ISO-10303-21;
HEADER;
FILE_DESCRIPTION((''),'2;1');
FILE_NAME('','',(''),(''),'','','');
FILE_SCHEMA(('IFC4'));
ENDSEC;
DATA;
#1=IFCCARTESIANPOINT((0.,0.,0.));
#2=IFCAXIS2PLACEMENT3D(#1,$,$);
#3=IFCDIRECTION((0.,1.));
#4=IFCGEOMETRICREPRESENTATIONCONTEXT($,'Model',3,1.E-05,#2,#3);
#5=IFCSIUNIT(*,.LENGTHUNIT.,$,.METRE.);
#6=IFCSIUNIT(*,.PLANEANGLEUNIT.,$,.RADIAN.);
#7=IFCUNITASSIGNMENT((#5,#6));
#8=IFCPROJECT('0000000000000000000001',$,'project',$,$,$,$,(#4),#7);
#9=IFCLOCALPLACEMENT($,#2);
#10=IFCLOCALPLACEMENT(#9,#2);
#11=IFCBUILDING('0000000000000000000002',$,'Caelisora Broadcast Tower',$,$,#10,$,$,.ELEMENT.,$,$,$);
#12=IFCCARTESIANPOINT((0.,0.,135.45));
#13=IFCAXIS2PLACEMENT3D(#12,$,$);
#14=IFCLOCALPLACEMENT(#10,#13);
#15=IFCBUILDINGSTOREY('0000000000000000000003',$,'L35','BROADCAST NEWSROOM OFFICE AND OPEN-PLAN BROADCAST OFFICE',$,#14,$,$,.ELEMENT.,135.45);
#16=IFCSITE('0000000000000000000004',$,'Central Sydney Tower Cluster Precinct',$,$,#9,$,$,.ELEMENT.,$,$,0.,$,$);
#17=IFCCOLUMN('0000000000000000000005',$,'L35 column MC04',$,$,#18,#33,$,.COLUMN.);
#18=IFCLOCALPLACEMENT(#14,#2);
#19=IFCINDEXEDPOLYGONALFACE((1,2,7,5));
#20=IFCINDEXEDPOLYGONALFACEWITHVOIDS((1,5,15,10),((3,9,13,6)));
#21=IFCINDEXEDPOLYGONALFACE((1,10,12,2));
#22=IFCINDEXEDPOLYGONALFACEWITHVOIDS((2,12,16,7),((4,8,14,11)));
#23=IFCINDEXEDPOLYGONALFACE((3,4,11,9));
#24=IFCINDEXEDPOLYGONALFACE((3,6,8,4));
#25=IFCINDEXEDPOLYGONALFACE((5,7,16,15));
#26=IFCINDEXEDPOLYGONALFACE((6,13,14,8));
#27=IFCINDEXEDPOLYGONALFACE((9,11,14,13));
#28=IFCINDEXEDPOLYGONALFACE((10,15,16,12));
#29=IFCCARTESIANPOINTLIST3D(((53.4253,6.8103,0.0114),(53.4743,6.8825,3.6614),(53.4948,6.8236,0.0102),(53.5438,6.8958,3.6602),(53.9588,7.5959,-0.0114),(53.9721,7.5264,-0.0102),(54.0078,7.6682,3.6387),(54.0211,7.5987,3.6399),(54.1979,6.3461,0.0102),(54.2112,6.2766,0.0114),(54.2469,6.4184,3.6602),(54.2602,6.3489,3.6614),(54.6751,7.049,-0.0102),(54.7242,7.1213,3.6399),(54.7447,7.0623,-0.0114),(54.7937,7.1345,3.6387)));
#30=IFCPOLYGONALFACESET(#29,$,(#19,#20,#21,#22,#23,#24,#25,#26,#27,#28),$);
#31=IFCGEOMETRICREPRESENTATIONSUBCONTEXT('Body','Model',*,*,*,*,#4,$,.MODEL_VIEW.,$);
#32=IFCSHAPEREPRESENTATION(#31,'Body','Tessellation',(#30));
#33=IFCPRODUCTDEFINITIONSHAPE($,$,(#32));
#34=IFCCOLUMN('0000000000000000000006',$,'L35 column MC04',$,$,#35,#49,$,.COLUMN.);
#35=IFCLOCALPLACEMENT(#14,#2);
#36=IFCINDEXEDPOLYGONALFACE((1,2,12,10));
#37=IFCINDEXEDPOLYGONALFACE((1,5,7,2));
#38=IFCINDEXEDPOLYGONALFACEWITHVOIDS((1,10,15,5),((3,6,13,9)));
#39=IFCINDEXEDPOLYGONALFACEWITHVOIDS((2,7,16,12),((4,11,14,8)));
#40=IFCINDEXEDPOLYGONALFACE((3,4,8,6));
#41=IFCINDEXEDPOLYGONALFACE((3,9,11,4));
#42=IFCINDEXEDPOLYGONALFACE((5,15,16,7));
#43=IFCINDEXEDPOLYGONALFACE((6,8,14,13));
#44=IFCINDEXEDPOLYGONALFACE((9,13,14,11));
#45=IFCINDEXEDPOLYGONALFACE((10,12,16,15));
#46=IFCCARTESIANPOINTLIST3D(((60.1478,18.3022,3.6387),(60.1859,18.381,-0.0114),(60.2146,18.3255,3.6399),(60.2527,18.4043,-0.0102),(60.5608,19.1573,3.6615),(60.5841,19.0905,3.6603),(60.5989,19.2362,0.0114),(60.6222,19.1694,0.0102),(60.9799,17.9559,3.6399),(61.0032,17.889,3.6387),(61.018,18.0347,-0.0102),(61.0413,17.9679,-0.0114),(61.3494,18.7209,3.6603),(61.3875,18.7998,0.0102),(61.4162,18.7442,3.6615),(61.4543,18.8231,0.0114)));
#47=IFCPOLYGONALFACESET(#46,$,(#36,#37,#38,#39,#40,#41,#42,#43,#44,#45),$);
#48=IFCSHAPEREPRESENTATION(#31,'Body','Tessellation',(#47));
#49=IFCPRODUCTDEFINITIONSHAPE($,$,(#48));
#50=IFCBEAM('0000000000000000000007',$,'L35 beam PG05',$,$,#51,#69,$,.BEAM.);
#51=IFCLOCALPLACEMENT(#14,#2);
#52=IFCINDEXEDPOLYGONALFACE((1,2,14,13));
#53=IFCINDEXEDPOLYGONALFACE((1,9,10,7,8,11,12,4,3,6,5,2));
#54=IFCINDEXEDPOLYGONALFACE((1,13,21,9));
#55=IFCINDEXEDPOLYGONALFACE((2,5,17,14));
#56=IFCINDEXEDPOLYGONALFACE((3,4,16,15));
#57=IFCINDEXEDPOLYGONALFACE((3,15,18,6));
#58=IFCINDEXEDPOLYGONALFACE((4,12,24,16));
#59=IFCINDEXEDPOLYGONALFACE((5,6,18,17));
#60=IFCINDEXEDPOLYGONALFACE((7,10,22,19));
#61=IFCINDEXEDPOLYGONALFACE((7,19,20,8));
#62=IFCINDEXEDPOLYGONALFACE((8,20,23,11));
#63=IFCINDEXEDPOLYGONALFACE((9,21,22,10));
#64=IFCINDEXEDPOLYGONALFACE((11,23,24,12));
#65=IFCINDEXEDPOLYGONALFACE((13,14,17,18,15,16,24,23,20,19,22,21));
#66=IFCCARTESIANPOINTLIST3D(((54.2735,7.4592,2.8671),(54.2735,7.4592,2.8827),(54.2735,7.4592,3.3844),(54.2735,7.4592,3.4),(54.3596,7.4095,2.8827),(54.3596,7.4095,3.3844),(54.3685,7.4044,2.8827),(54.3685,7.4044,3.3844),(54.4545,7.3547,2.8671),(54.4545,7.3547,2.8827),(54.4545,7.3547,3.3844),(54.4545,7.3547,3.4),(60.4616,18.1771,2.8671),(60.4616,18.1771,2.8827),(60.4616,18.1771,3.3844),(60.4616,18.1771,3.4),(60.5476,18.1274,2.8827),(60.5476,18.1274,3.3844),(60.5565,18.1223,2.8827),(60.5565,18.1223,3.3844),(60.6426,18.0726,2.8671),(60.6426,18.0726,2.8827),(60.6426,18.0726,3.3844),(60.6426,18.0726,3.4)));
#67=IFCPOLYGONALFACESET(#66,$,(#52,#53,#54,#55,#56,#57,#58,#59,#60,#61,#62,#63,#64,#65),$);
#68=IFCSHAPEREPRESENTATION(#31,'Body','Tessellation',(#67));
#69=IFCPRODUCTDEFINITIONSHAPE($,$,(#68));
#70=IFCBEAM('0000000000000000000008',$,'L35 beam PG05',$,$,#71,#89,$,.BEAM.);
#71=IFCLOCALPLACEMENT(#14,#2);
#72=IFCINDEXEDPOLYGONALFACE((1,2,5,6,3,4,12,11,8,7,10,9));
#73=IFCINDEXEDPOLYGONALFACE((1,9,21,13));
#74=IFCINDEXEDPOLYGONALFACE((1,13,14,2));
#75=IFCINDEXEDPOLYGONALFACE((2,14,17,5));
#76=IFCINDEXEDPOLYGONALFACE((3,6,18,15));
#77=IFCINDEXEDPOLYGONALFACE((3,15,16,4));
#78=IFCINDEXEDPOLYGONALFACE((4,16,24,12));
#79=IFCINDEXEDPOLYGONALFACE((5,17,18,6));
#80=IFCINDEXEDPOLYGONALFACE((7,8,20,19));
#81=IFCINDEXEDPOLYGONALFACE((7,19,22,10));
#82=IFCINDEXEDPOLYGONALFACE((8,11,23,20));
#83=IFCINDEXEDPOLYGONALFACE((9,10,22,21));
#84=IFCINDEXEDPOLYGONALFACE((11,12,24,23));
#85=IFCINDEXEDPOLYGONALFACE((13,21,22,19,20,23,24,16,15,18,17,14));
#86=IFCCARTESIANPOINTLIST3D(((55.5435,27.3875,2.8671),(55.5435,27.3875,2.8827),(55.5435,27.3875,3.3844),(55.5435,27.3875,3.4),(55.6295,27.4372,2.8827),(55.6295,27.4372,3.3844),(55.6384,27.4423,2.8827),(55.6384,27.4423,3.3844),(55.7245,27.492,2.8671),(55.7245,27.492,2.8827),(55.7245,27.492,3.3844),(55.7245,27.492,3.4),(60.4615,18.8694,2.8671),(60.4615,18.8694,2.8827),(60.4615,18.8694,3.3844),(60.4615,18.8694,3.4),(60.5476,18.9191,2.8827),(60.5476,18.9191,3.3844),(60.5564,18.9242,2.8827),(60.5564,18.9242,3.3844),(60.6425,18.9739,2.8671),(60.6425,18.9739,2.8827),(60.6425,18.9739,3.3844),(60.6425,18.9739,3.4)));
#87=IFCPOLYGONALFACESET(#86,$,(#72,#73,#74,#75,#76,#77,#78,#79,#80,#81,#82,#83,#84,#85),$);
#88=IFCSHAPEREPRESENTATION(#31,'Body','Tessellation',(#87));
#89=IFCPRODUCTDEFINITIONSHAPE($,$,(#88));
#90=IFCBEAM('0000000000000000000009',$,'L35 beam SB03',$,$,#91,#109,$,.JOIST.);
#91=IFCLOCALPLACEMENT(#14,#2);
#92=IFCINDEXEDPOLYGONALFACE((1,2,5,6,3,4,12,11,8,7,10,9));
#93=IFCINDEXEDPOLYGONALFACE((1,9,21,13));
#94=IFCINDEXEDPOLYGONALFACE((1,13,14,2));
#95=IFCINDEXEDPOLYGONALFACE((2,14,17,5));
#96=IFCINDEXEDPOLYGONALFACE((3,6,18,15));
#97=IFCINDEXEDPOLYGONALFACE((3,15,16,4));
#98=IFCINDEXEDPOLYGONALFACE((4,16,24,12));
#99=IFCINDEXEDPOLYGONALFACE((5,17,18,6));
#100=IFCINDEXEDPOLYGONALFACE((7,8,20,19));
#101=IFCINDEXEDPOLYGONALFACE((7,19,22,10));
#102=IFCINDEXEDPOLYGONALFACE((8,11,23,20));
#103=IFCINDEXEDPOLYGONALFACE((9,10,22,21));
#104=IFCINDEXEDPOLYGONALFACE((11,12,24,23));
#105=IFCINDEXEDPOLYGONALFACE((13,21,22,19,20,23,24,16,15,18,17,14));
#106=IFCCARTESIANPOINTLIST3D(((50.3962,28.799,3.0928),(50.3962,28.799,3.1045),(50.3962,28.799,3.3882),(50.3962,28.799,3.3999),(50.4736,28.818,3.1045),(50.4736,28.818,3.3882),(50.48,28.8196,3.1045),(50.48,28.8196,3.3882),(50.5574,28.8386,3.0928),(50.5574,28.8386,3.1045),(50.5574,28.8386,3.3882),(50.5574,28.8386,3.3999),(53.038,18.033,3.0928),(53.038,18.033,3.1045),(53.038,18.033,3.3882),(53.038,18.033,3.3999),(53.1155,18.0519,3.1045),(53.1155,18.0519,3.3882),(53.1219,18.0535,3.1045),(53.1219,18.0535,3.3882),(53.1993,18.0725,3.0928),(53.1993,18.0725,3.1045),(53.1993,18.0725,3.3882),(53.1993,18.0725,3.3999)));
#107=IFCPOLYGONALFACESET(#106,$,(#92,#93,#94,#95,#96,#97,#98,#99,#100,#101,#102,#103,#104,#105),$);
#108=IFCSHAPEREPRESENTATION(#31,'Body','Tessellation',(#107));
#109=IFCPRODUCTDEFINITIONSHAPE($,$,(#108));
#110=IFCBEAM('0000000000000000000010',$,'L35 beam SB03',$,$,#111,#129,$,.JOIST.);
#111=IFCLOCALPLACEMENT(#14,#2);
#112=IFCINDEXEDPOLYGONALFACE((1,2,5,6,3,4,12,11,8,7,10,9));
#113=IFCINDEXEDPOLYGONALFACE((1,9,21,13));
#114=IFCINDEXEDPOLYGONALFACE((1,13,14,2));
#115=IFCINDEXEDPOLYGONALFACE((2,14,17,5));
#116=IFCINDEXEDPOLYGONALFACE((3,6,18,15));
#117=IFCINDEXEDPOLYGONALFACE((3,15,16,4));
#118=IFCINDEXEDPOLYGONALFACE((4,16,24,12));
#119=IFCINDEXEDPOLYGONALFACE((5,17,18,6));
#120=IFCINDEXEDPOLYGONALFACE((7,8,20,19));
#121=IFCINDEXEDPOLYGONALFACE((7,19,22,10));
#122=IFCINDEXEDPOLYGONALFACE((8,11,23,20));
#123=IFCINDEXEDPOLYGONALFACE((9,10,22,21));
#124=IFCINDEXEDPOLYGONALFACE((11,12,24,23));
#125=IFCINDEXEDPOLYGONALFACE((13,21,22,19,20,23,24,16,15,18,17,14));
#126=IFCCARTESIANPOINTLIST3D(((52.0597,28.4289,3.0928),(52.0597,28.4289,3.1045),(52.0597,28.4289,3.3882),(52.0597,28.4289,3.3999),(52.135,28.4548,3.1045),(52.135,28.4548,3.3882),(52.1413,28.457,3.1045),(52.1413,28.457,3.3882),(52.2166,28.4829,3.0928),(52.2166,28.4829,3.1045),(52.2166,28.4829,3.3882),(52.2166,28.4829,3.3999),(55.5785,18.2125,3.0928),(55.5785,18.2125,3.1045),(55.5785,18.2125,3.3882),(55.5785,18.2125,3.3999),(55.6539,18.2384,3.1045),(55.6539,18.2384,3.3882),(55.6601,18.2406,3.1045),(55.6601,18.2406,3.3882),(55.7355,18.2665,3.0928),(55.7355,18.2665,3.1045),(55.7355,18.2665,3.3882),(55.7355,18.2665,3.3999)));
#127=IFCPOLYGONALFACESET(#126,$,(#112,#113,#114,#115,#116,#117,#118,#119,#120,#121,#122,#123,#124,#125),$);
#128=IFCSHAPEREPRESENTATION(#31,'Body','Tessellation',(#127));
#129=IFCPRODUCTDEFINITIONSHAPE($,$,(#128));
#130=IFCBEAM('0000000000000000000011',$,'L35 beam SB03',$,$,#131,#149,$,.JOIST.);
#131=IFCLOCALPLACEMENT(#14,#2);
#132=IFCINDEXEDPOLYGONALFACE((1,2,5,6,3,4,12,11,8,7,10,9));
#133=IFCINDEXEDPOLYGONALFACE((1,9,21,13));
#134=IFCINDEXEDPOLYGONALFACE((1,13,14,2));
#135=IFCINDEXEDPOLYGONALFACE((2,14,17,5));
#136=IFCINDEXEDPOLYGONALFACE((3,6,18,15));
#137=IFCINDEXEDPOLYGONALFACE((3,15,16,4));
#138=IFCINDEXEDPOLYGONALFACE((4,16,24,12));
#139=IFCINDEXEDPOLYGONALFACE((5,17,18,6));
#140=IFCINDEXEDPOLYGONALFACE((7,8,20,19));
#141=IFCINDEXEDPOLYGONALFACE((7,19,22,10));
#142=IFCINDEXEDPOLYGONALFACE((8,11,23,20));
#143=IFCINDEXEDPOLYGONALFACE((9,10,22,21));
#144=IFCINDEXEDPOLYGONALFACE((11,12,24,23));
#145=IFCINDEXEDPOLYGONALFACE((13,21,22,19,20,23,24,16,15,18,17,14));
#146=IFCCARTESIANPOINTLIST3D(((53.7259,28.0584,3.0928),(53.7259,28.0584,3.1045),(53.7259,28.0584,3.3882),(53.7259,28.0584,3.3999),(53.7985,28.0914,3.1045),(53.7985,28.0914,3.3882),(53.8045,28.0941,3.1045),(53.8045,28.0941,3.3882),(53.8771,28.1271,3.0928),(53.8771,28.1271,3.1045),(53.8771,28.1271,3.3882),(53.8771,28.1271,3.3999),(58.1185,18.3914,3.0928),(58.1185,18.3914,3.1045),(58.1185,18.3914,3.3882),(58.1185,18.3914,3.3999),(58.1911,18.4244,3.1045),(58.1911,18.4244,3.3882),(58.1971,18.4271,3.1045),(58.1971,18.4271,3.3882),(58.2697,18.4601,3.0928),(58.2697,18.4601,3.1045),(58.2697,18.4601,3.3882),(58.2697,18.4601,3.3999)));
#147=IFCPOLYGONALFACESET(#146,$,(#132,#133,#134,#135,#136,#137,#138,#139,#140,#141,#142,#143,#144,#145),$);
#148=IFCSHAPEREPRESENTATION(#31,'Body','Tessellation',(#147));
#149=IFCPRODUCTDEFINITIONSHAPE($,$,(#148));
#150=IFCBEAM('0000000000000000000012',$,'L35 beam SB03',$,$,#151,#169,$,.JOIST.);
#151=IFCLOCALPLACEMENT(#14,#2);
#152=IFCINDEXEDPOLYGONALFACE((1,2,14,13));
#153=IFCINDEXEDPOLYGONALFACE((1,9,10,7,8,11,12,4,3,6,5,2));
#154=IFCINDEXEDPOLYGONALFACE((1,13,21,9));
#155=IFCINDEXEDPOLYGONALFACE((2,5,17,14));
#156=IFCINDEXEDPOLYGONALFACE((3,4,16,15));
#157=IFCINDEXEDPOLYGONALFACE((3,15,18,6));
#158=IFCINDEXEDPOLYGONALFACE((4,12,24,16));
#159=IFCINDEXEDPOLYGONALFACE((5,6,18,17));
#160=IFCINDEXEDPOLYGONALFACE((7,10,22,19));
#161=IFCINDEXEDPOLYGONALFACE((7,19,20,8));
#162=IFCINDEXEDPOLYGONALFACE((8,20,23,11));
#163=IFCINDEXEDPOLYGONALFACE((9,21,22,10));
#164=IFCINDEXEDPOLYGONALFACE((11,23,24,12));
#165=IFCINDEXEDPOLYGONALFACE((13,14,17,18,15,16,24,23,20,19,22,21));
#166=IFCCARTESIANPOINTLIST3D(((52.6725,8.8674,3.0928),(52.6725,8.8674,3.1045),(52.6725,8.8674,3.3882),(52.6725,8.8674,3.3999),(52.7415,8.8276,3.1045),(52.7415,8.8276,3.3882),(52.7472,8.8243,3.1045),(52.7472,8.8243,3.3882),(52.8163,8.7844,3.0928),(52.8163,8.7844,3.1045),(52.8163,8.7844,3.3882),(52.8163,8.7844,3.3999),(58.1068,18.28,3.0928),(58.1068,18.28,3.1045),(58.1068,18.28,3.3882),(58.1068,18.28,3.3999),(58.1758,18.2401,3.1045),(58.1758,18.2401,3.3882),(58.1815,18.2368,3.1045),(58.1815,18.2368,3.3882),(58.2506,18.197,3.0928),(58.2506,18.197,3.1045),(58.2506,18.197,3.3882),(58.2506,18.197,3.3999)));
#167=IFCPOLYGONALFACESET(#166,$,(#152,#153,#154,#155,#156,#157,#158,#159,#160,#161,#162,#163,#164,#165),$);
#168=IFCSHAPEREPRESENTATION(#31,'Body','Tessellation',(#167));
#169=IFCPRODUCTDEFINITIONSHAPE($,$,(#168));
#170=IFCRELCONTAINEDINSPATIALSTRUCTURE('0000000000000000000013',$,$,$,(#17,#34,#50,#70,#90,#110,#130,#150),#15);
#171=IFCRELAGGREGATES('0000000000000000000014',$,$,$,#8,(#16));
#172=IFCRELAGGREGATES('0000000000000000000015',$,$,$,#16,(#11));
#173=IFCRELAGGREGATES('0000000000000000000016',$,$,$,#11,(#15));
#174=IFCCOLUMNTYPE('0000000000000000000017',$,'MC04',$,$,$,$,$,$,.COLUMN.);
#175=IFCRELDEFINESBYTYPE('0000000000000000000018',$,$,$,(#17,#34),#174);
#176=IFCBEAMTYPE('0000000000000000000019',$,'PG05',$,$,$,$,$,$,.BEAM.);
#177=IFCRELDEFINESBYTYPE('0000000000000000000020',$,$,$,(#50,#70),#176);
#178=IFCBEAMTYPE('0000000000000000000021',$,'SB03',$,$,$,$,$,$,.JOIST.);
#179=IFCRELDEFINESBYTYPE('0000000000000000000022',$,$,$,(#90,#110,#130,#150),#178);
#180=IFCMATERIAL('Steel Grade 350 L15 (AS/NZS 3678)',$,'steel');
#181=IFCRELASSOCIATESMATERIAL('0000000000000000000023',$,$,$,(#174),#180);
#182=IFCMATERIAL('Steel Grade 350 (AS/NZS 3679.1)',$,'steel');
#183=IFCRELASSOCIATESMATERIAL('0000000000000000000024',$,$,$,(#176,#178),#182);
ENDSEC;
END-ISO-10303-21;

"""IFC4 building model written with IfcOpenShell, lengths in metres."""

from ifc_helpers import new_model, si_unit, direction, frame, origin, origin_2d, place, context, subcontext, project, spatial, hollow_rectangle, i_section, extrude, source, transform, mapped, material, material_profile, profile_set, type_object, type_shapes, element, save


model = new_model("IFC4")

# Units and contexts
model_context = context("Model", 3, precision=1e-05, world=origin(), true_north=direction((0.0, 1.0)))
body_context = subcontext(model_context, "Body", "Model", "MODEL_VIEW")
ifc_project = project(units=[si_unit("LENGTHUNIT", "METRE"), si_unit("PLANEANGLEUNIT", "RADIAN")], contexts=[model_context])

# Site, building, storey
site_placement = place(None, origin())
site = spatial("IfcSite", under=ifc_project, at=site_placement, Name="Central Sydney Tower Cluster Precinct", CompositionType="ELEMENT", RefElevation=0.0)
building_placement = place(site_placement, origin())
building = spatial("IfcBuilding", under=site, at=building_placement, Name="Caelisora Broadcast Tower", CompositionType="ELEMENT")
storey_placement = place(building_placement, frame((0.0, 0.0, 135.45)))
storey = spatial("IfcBuildingStorey", under=building, at=storey_placement, Name="L35", Description="BROADCAST NEWSROOM OFFICE AND OPEN-PLAN BROADCAST OFFICE", CompositionType="ELEMENT", Elevation=135.45)

# Columns
ifc_material_1 = material(Name="Steel Grade 350 L15 (AS/NZS 3678)", Category="steel")
ifc_material_profile_1 = material_profile(ifc_material_1, hollow_rectangle(XDim=0.95, YDim=0.95, WallThickness=0.05, at=origin_2d()), Name="Steel Grade 350 L15 (AS/NZS 3678)")
ifc_profile_set_1 = profile_set([ifc_material_profile_1], Name="Steel Grade 350 L15 (AS/NZS 3678)")
column_type = type_object("IfcColumnType", Name="MC04", PredefinedType="COLUMN", material=ifc_profile_set_1)
shared_shape_1 = source(origin(), body_context, "Body", "SweptSolid", [
    extrude(hollow_rectangle(XDim=0.95, YDim=0.95, WallThickness=0.05, at=origin_2d()), origin(), (0.0, 0.0, 1.0), 3.6511),
])
type_shapes(column_type, [shared_shape_1])
for number, where, z_axis, x_axis, name in (
    (1, (54.085, 6.9363, 0.0), (0.01344, 0.019792, 0.999714), (-0.82729, 0.561775, 0.0), "L35 column MC04"),
    (2, (60.8201, 18.6021, 0.0), (-0.010431, -0.021598, 0.999712), (0.900476, -0.434905, 0.0), "L35 column MC04"),
):
    element("IfcColumn", number, at=place(storey_placement, frame(where, z_axis=z_axis, x_axis=x_axis)), inside=storey, type_object=column_type, Name=name, PredefinedType="COLUMN", context=body_context, shape_type="MappedRepresentation", body=[
        mapped(shared_shape_1, transform((0.0, 0.0, 0.0), scale=1.0)),
    ])

# Beams
ifc_material_2 = material(Name="Steel Grade 350 (AS/NZS 3679.1)", Category="steel")
ifc_material_profile_2 = material_profile(ifc_material_2, i_section(OverallWidth=0.209, OverallDepth=0.533, WebThickness=0.0103, FlangeThickness=0.0156, at=origin_2d()), Name="Steel Grade 350 (AS/NZS 3679.1)")
ifc_profile_set_2 = profile_set([ifc_material_profile_2], Name="Steel Grade 350 (AS/NZS 3679.1)")
beam_type_1 = type_object("IfcBeamType", Name="PG05", PredefinedType="BEAM", material=ifc_profile_set_2)
shared_shape_2 = source(origin(), body_context, "Body", "SweptSolid", [
    extrude(i_section(OverallWidth=0.209, OverallDepth=0.533, WebThickness=0.0103, FlangeThickness=0.0156, at=origin_2d()), origin(), (0.0, 0.0, 1.0), 12.376),
])
beam_1_placement = place(storey_placement, frame((54.364, 7.407, 3.1335), z_axis=(0.500005, 0.866023, 0.0), x_axis=(-0.866023, 0.500005, 0.0)))
element("IfcBeam", 3, at=beam_1_placement, inside=storey, type_object=beam_type_1, Name="L35 beam PG05", PredefinedType="BEAM", context=body_context, shape_type="MappedRepresentation", body=[
    mapped(shared_shape_2, transform((0.0, 0.0, 0.0), scale=1.0)),
])
shared_shape_3 = source(origin(), body_context, "Body", "SweptSolid", [
    extrude(i_section(OverallWidth=0.209, OverallDepth=0.533, WebThickness=0.0103, FlangeThickness=0.0156, at=origin_2d()), origin(), (0.0, 0.0, 1.0), 9.8359),
])
type_shapes(beam_type_1, [shared_shape_2, shared_shape_3])
beam_2_placement = place(storey_placement, frame((60.552, 18.9216, 3.1335), z_axis=(-0.500005, 0.866023, 0.0), x_axis=(-0.866023, -0.500005, 0.0)))
element("IfcBeam", 4, at=beam_2_placement, inside=storey, type_object=beam_type_1, Name="L35 beam PG05", PredefinedType="BEAM", context=body_context, shape_type="MappedRepresentation", body=[
    mapped(shared_shape_3, transform((0.0, 0.0, 0.0), scale=1.0)),
])
ifc_material_profile_3 = material_profile(ifc_material_2, i_section(OverallWidth=0.166, OverallDepth=0.3071, WebThickness=0.0066, FlangeThickness=0.0117, at=origin_2d()), Name="Steel Grade 350 (AS/NZS 3679.1)")
ifc_profile_set_3 = profile_set([ifc_material_profile_3], Name="Steel Grade 350 (AS/NZS 3679.1)")
beam_type_2 = type_object("IfcBeamType", Name="SB03", PredefinedType="JOIST", material=ifc_profile_set_3)
shared_shape_4 = source(origin(), body_context, "Body", "SweptSolid", [
    extrude(i_section(OverallWidth=0.166, OverallDepth=0.3071, WebThickness=0.0066, FlangeThickness=0.0117, at=origin_2d()), origin(), (0.0, 0.0, 1.0), 11.0854),
])
beam_3_placement = place(storey_placement, frame((53.1187, 18.0527, 3.2463), z_axis=(-0.238315, 0.971188, 0.0), x_axis=(-0.971188, -0.238315, 0.0)))
element("IfcBeam", 5, at=beam_3_placement, inside=storey, type_object=beam_type_2, Name="L35 beam SB03", PredefinedType="JOIST", context=body_context, shape_type="MappedRepresentation", body=[
    mapped(shared_shape_4, transform((0.0, 0.0, 0.0), scale=1.0)),
])
shared_shape_5 = source(origin(), body_context, "Body", "SweptSolid", [
    extrude(i_section(OverallWidth=0.166, OverallDepth=0.3071, WebThickness=0.0066, FlangeThickness=0.0117, at=origin_2d()), origin(), (0.0, 0.0, 1.0), 10.8054),
])
beam_4_placement = place(storey_placement, frame((55.657, 18.2395, 3.2463), z_axis=(-0.325654, 0.945489, 0.0), x_axis=(-0.945489, -0.325654, 0.0)))
element("IfcBeam", 6, at=beam_4_placement, inside=storey, type_object=beam_type_2, Name="L35 beam SB03", PredefinedType="JOIST", context=body_context, shape_type="MappedRepresentation", body=[
    mapped(shared_shape_5, transform((0.0, 0.0, 0.0), scale=1.0)),
])
shared_shape_6 = source(origin(), body_context, "Body", "SweptSolid", [
    extrude(i_section(OverallWidth=0.166, OverallDepth=0.3071, WebThickness=0.0066, FlangeThickness=0.0117, at=origin_2d()), origin(), (0.0, 0.0, 1.0), 10.6182),
])
beam_5_placement = place(storey_placement, frame((58.1941, 18.4258, 3.2463), z_axis=(-0.413685, 0.91042, 0.0), x_axis=(-0.91042, -0.413685, 0.0)))
element("IfcBeam", 7, at=beam_5_placement, inside=storey, type_object=beam_type_2, Name="L35 beam SB03", PredefinedType="JOIST", context=body_context, shape_type="MappedRepresentation", body=[
    mapped(shared_shape_6, transform((0.0, 0.0, 0.0), scale=1.0)),
])
shared_shape_7 = source(origin(), body_context, "Body", "SweptSolid", [
    extrude(i_section(OverallWidth=0.166, OverallDepth=0.3071, WebThickness=0.0066, FlangeThickness=0.0117, at=origin_2d()), origin(), (0.0, 0.0, 1.0), 10.8687),
])
type_shapes(beam_type_2, [shared_shape_4, shared_shape_5, shared_shape_6, shared_shape_7])
beam_6_placement = place(storey_placement, frame((52.7444, 8.8259, 3.2463), z_axis=(0.499997, 0.866027, 0.0), x_axis=(-0.866027, 0.499997, 0.0)))
element("IfcBeam", 8, at=beam_6_placement, inside=storey, type_object=beam_type_2, Name="L35 beam SB03", PredefinedType="JOIST", context=body_context, shape_type="MappedRepresentation", body=[
    mapped(shared_shape_7, transform((0.0, 0.0, 0.0), scale=1.0)),
])

save(model, "model.ifc")
